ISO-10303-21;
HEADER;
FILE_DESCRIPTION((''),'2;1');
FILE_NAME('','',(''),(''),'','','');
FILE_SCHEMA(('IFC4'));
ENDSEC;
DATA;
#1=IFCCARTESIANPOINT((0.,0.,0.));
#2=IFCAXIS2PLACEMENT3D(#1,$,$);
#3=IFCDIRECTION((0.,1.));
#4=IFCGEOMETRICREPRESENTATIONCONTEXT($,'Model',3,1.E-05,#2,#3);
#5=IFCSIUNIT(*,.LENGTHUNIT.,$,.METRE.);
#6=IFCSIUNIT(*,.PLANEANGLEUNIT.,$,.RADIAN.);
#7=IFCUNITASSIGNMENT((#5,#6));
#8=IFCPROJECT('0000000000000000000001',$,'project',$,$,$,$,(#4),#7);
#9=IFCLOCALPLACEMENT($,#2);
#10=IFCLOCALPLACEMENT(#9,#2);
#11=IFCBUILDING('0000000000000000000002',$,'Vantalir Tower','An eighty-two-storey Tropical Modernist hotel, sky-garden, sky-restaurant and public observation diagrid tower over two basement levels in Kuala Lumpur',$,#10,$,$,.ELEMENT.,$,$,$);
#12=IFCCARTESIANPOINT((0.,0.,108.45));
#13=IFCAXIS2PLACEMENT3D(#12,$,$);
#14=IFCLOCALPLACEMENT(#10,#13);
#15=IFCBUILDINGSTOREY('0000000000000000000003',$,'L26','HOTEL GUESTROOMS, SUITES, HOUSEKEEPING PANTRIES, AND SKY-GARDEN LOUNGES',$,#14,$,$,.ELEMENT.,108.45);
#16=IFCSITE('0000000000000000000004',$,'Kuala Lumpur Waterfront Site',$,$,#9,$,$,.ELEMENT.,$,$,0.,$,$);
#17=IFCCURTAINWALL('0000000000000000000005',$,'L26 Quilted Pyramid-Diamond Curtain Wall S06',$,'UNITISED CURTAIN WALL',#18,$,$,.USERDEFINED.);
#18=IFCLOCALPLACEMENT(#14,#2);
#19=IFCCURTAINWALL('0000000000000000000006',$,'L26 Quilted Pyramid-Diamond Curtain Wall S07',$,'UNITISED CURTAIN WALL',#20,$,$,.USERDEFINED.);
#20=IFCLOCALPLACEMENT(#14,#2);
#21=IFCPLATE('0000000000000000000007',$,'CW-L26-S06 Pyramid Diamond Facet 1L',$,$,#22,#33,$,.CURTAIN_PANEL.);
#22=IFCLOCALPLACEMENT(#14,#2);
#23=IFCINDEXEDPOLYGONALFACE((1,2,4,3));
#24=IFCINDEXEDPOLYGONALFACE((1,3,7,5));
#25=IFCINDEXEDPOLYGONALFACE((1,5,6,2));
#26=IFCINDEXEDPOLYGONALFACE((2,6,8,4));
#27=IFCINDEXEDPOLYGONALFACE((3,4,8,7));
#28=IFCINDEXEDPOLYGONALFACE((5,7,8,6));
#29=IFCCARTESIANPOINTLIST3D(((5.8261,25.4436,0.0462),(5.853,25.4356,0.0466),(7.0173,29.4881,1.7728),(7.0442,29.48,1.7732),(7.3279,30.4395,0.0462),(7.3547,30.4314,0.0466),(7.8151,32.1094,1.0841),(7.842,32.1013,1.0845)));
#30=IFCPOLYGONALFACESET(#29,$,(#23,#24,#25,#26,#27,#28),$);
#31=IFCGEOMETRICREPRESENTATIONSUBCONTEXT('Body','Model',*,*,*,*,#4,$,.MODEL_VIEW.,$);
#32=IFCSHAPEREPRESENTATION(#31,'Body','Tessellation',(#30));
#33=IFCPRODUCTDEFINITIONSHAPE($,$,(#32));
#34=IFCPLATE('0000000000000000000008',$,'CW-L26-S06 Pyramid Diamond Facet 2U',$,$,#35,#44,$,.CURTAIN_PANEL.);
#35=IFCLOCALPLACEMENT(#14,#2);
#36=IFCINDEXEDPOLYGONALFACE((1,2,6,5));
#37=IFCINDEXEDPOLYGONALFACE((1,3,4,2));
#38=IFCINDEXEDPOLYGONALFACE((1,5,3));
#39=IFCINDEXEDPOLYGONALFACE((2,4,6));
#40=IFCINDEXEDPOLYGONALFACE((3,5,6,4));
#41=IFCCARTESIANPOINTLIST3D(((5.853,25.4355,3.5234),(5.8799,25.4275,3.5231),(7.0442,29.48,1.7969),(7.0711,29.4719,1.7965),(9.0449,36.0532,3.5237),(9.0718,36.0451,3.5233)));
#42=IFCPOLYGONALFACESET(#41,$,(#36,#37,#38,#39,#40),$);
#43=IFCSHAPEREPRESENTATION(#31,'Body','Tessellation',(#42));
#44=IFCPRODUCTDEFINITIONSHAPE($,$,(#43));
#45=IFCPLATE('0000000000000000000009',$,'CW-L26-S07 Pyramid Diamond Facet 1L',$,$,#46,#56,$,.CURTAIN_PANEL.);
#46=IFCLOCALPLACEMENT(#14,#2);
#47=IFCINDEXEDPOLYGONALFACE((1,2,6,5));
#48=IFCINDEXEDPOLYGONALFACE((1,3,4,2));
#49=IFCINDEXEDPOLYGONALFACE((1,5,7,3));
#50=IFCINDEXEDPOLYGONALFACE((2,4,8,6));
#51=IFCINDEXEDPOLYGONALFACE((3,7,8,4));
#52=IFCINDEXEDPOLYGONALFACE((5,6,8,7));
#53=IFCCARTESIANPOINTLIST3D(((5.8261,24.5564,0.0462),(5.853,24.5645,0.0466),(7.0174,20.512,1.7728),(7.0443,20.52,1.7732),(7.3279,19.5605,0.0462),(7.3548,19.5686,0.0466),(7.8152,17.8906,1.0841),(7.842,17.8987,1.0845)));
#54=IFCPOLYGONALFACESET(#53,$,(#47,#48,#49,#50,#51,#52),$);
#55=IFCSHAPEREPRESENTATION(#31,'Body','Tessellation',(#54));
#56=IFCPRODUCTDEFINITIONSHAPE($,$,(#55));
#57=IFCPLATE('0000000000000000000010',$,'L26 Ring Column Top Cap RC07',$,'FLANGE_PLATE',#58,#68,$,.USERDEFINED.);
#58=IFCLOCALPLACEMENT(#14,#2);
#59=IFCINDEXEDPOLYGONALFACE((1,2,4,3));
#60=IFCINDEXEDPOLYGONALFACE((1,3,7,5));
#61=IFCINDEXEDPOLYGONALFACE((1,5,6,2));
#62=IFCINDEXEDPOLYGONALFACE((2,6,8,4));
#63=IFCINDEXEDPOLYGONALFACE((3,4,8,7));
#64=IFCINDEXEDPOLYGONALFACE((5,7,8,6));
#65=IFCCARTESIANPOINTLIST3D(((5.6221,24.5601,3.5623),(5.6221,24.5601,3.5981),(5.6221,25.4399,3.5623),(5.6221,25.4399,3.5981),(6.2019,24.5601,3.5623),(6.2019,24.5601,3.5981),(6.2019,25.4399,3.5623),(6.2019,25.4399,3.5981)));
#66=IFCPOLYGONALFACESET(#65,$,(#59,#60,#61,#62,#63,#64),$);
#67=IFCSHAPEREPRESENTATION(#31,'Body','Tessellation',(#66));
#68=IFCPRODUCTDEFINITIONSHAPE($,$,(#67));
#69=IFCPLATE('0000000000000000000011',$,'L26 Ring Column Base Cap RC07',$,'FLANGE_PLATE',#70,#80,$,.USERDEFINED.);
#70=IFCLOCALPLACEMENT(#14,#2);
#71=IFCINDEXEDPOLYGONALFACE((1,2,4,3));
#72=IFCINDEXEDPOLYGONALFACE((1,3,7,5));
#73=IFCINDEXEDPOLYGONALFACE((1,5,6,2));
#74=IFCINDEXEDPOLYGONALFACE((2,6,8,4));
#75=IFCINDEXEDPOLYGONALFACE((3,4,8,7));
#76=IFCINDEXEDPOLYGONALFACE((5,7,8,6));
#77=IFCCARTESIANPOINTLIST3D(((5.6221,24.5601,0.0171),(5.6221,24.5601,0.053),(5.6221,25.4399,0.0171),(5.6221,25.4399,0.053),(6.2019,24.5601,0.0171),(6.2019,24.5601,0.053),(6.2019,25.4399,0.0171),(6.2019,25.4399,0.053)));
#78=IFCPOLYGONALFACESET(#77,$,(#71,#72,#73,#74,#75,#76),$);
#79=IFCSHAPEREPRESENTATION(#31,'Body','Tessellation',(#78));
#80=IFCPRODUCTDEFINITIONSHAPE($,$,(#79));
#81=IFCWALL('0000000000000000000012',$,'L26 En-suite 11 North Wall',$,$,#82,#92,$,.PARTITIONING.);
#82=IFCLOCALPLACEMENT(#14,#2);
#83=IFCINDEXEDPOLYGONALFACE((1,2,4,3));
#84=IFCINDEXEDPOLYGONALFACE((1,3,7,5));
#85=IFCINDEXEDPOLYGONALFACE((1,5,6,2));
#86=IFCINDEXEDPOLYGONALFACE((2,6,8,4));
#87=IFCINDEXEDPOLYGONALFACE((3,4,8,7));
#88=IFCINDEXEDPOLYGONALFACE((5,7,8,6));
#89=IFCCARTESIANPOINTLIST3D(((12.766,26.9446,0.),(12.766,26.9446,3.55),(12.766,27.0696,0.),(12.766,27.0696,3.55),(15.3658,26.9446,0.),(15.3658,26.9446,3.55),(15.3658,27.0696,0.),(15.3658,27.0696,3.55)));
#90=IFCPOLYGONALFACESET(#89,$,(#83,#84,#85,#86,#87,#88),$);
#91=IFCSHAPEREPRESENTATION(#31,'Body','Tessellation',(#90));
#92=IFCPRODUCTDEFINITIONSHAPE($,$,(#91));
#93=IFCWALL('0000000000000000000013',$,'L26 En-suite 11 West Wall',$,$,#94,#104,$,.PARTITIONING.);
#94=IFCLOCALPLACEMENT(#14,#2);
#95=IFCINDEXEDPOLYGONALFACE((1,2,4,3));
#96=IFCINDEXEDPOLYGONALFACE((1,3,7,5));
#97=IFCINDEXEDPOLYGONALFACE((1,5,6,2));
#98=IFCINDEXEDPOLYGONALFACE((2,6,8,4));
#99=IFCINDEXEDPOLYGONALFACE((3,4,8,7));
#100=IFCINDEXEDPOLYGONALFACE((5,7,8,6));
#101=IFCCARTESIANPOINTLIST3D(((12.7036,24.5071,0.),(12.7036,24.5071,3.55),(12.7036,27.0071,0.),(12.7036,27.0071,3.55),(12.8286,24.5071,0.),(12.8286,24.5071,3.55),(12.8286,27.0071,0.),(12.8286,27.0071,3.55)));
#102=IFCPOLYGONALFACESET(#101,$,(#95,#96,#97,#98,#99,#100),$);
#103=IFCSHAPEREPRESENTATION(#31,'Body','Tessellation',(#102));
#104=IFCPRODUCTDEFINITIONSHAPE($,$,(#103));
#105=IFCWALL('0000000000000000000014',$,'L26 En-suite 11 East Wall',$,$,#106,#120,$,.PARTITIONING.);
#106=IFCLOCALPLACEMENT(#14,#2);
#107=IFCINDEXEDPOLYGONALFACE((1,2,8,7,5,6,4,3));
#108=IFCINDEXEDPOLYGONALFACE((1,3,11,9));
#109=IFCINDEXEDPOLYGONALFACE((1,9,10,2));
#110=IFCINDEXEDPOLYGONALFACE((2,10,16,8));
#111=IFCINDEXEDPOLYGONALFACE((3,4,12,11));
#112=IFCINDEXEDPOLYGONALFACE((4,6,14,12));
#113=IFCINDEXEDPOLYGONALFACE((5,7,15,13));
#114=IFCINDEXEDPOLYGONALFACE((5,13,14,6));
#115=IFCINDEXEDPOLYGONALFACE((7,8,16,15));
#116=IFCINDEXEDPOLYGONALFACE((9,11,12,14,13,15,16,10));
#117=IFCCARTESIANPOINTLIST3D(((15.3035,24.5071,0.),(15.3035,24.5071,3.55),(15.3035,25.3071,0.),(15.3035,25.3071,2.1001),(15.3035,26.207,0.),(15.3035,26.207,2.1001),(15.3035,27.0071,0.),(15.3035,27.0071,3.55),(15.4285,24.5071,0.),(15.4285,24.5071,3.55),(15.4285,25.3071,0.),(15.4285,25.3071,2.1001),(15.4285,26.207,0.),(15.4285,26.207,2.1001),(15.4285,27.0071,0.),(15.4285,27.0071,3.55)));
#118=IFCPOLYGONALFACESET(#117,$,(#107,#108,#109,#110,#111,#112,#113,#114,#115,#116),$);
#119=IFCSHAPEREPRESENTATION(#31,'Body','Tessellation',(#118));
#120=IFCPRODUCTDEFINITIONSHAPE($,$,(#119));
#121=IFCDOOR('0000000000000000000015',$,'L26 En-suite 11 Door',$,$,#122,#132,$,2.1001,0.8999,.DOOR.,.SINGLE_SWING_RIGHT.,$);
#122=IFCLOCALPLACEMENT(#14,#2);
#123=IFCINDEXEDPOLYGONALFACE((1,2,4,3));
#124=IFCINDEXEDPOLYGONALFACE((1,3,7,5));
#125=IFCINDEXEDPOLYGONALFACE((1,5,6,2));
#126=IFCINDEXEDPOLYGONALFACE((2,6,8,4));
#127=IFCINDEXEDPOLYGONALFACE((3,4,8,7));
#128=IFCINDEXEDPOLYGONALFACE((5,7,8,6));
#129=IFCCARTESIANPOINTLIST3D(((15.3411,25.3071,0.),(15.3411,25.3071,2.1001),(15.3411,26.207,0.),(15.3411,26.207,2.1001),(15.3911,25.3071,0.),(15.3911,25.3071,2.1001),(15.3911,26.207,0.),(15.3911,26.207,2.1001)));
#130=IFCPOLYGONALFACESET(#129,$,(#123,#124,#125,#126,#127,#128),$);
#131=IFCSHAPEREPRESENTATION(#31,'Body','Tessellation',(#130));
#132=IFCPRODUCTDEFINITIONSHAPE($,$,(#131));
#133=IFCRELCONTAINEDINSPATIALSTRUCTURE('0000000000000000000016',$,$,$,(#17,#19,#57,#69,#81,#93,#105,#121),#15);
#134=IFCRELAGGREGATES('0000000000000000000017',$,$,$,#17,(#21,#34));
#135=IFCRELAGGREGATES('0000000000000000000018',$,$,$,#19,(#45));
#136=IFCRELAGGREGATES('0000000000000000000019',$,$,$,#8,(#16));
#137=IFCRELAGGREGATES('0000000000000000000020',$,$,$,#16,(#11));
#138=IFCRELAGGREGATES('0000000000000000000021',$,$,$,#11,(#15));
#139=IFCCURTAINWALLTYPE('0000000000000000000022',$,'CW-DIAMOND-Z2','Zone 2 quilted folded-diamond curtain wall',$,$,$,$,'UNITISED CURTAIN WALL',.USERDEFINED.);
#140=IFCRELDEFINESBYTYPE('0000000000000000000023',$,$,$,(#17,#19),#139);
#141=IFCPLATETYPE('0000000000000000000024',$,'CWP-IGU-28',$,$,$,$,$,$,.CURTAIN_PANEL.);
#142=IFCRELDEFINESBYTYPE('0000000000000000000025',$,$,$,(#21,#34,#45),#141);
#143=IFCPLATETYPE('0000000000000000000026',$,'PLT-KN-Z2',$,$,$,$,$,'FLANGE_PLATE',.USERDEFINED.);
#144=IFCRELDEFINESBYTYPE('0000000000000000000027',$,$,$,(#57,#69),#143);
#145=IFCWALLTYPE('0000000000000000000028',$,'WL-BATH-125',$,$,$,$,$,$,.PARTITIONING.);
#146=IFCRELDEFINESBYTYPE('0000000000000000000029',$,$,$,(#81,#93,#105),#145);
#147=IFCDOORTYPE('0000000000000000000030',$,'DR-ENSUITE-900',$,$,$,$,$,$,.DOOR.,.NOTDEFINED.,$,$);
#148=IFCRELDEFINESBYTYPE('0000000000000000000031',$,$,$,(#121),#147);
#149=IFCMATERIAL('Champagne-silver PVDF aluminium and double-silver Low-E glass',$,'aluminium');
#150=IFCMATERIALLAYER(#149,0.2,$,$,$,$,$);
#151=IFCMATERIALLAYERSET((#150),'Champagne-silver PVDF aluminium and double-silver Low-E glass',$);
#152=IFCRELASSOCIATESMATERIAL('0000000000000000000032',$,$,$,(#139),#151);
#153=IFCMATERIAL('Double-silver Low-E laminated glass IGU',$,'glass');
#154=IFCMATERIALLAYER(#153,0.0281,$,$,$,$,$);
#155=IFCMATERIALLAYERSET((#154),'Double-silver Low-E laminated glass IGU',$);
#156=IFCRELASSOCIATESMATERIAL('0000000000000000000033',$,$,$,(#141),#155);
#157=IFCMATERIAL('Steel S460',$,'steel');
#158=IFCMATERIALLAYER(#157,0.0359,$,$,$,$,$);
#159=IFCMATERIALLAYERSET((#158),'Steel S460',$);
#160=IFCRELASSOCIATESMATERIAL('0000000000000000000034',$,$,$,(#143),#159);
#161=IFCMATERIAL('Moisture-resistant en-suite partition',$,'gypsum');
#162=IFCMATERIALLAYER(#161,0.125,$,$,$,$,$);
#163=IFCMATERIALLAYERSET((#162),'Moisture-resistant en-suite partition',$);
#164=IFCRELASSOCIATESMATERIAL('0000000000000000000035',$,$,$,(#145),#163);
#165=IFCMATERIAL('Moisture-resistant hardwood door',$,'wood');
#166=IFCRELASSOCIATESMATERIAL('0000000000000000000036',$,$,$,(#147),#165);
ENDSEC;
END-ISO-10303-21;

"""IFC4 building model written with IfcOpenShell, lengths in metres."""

from ifc_helpers import new_model, si_unit, direction, frame, frame_2d, origin, place, context, subcontext, project, spatial, polyline, rectangle, outline, extrude, material, layer, layer_set, type_object, element, fill, aggregate, save


model = new_model("IFC4")

# Units and contexts
model_context = context("Model", 3, precision=1e-05, world=origin(), true_north=direction((0.0, 1.0)))
body_context = subcontext(model_context, "Body", "Model", "MODEL_VIEW")
ifc_project = project(units=[si_unit("LENGTHUNIT", "METRE"), si_unit("PLANEANGLEUNIT", "RADIAN")], contexts=[model_context])

# Site, building, storey
site_placement = place(None, origin())
site = spatial("IfcSite", under=ifc_project, at=site_placement, Name="Kuala Lumpur Waterfront Site", CompositionType="ELEMENT", RefElevation=0.0)
building_placement = place(site_placement, origin())
building = spatial("IfcBuilding", under=site, at=building_placement, Name="Vantalir Tower", Description="An eighty-two-storey Tropical Modernist hotel, sky-garden, sky-restaurant and public observation diagrid tower over two basement levels in Kuala Lumpur", CompositionType="ELEMENT")
storey_placement = place(building_placement, frame((0.0, 0.0, 108.45)))
storey = spatial("IfcBuildingStorey", under=building, at=storey_placement, Name="L26", Description="HOTEL GUESTROOMS, SUITES, HOUSEKEEPING PANTRIES, AND SKY-GARDEN LOUNGES", CompositionType="ELEMENT", Elevation=108.45)

# Shared definitions
ifc_material_1 = material(Name="Steel S460", Category="steel")

# Curtain wall
ifc_material_2 = material(Name="Champagne-silver PVDF aluminium and double-silver Low-E glass", Category="aluminium")
ifc_layer_1 = layer(ifc_material_2, 0.2)
ifc_layer_set_1 = layer_set([ifc_layer_1], Name="Champagne-silver PVDF aluminium and double-silver Low-E glass")
curtain_wall_type = type_object("IfcCurtainWallType", Name="CW-DIAMOND-Z2", Description="Zone 2 quilted folded-diamond curtain wall", ElementType="UNITISED CURTAIN WALL", PredefinedType="USERDEFINED", material=ifc_layer_set_1)
curtain_wall_1_placement = place(storey_placement, origin())
curtain_wall_1 = element("IfcCurtainWall", 1, at=curtain_wall_1_placement, inside=storey, type_object=curtain_wall_type, Name="L26 Quilted Pyramid-Diamond Curtain Wall S06", ObjectType="UNITISED CURTAIN WALL", PredefinedType="USERDEFINED")

# Curtain wall
curtain_wall_2_placement = place(storey_placement, origin())
curtain_wall_2 = element("IfcCurtainWall", 2, at=curtain_wall_2_placement, inside=storey, type_object=curtain_wall_type, Name="L26 Quilted Pyramid-Diamond Curtain Wall S07", ObjectType="UNITISED CURTAIN WALL", PredefinedType="USERDEFINED")

# Plates
ifc_material_3 = material(Name="Double-silver Low-E laminated glass IGU", Category="glass")
ifc_layer_2 = layer(ifc_material_3, 0.0281)
ifc_layer_set_2 = layer_set([ifc_layer_2], Name="Double-silver Low-E laminated glass IGU")
plate_type_1 = type_object("IfcPlateType", Name="CWP-IGU-28", PredefinedType="CURTAIN_PANEL", material=ifc_layer_set_2)
plate_1_placement = place(storey_placement, frame((7.3547, 30.4314, 0.0466), z_axis=(0.957578, -0.287853, 0.013614), x_axis=(-0.28788, -0.957667, 0.0)))
plate_1 = element("IfcPlate", 3, at=plate_1_placement, type_object=plate_type_1, Name="CW-L26-S06 Pyramid Diamond Facet 1L", PredefinedType="CURTAIN_PANEL", context=body_context, shape_type="SweptSolid", body=[
    extrude(outline(polyline([(0.0, 0.0), (5.2167, 0.0), (1.0005, -1.7267), (-1.7395, -1.0379), (0.0, 0.0)])), origin(), (0.0, 0.0, -1.0), 0.0281),
])
plate_2_placement = place(storey_placement, frame((5.853, 25.4355, 3.5234), z_axis=(-0.957573, 0.287866, 0.013686), x_axis=(0.287893, 0.957662, 0.000022)))
plate_2 = element("IfcPlate", 4, at=plate_2_placement, type_object=plate_type_1, Name="CW-L26-S06 Pyramid Diamond Facet 2U", PredefinedType="CURTAIN_PANEL", context=body_context, shape_type="SweptSolid", body=[
    extrude(outline(polyline([(0.0, 0.0), (11.0871, 0.0), (4.2161, 1.7268), (0.0, 0.0)])), origin(), (0.0, 0.0, -1.0), 0.0281),
])
aggregate(curtain_wall_1, [plate_1, plate_2])
plate_3_placement = place(storey_placement, frame((5.853, 24.5645, 0.0466), z_axis=(0.957578, 0.287853, 0.013614), x_axis=(0.28788, -0.957667, 0.0)))
plate_3 = element("IfcPlate", 5, at=plate_3_placement, type_object=plate_type_1, Name="CW-L26-S07 Pyramid Diamond Facet 1L", PredefinedType="CURTAIN_PANEL", context=body_context, shape_type="SweptSolid", body=[
    extrude(outline(polyline([(0.0, 0.0), (5.2167, 0.0), (6.9562, -1.0379), (4.2161, -1.7267), (0.0, 0.0)])), origin(), (0.0, 0.0, -1.0), 0.0281),
])
aggregate(curtain_wall_2, [plate_3])

# Plates
ifc_layer_3 = layer(ifc_material_1, 0.0359)
ifc_layer_set_3 = layer_set([ifc_layer_3], Name="Steel S460")
plate_type_2 = type_object("IfcPlateType", Name="PLT-KN-Z2", ElementType="FLANGE_PLATE", PredefinedType="USERDEFINED", material=ifc_layer_set_3)
for number, where, z_axis, x_axis, name in (
    (6, (5.6221, 25.4399, 3.5981), (0.0, 0.0, 1.0), (0.0, -1.0, 0.0), "L26 Ring Column Top Cap RC07"),
    (7, (5.6221, 25.4399, 0.053), (0.0, 0.0, 1.0), (0.0, -1.0, 0.0), "L26 Ring Column Base Cap RC07"),
):
    element("IfcPlate", number, at=place(storey_placement, frame(where, z_axis=z_axis, x_axis=x_axis)), inside=storey, type_object=plate_type_2, Name=name, ObjectType="FLANGE_PLATE", PredefinedType="USERDEFINED", context=body_context, shape_type="SweptSolid", body=[
        extrude(outline(polyline([(0.0, 0.0), (0.8799, 0.0), (0.8799, 0.5798), (0.0, 0.5798), (0.0, 0.0)])), origin(), (0.0, 0.0, -1.0), 0.0359),
    ])

# Walls
ifc_material_4 = material(Name="Moisture-resistant en-suite partition", Category="gypsum")
ifc_layer_4 = layer(ifc_material_4, 0.125)
ifc_layer_set_4 = layer_set([ifc_layer_4], Name="Moisture-resistant en-suite partition")
wall_type_1 = type_object("IfcWallType", Name="WL-BATH-125", PredefinedType="PARTITIONING", material=ifc_layer_set_4)
wall_1_placement = place(storey_placement, frame((12.7661, 27.0071, 0.0), z_axis=(0.0, 0.0, 1.0), x_axis=(1.0, 0.0, 0.0)))
element("IfcWall", 8, at=wall_1_placement, inside=storey, type_object=wall_type_1, Name="L26 En-suite 11 North Wall", PredefinedType="PARTITIONING", context=body_context, shape_type="SweptSolid", body=[
    extrude(rectangle(XDim=2.5999, YDim=0.125, at=frame_2d((1.2998, 0.0))), origin(), (0.0, 0.0, 1.0), 3.55),
])
wall_2_placement = place(storey_placement, frame((12.7661, 24.5071, 0.0), z_axis=(0.0, 0.0, 1.0), x_axis=(0.0, 1.0, 0.0)))
element("IfcWall", 9, at=wall_2_placement, inside=storey, type_object=wall_type_1, Name="L26 En-suite 11 West Wall", PredefinedType="PARTITIONING", context=body_context, shape_type="SweptSolid", body=[
    extrude(rectangle(XDim=2.5, YDim=0.125, at=frame_2d((1.25, 0.0))), origin(), (0.0, 0.0, 1.0), 3.55),
])

# Wall, opening, door
wall_3_placement = place(storey_placement, frame((15.366, 24.5071, 0.0), z_axis=(0.0, 0.0, 1.0), x_axis=(0.0, 1.0, 0.0)))
wall_3 = element("IfcWall", 10, at=wall_3_placement, inside=storey, type_object=wall_type_1, Name="L26 En-suite 11 East Wall", PredefinedType="PARTITIONING", context=body_context, shape_type="SweptSolid", body=[
    extrude(rectangle(XDim=2.5, YDim=0.125, at=frame_2d((1.25, 0.0))), origin(), (0.0, 0.0, 1.0), 3.55),
])
opening_1_placement = place(wall_3_placement, frame((0.8, 0.0, 0.0)))
opening_1 = element("IfcOpeningElement", 11, at=opening_1_placement, cuts=wall_3, PredefinedType="OPENING", context=body_context, shape_type="SweptSolid", body=[
    extrude(rectangle(XDim=0.8999, YDim=2.1001, at=frame_2d((0.45, 1.05))), frame((0.0, 0.0725, 0.0), z_axis=(0.0, -1.0, 0.0), x_axis=(1.0, 0.0, 0.0)), (0.0, 0.0, 1.0), 0.145),
])
ifc_material_5 = material(Name="Moisture-resistant hardwood door", Category="wood")
door_type_1 = type_object("IfcDoorType", Name="DR-ENSUITE-900", OperationType="NOTDEFINED", PredefinedType="DOOR", material=ifc_material_5)
door_1_placement = place(opening_1_placement, origin())
door_1 = element("IfcDoor", 12, at=door_1_placement, inside=storey, type_object=door_type_1, Name="L26 En-suite 11 Door", OperationType="SINGLE_SWING_RIGHT", OverallHeight=2.1001, OverallWidth=0.8999, PredefinedType="DOOR", context=body_context, shape_type="SweptSolid", body=[
    extrude(rectangle(XDim=0.8999, YDim=2.1001, at=frame_2d((0.45, 1.05))), frame((0.0, 0.0249, 0.0), z_axis=(0.0, -1.0, 0.0), x_axis=(1.0, 0.0, 0.0)), (0.0, 0.0, 1.0), 0.05),
])
fill(opening_1, door_1)

save(model, "model.ifc")
